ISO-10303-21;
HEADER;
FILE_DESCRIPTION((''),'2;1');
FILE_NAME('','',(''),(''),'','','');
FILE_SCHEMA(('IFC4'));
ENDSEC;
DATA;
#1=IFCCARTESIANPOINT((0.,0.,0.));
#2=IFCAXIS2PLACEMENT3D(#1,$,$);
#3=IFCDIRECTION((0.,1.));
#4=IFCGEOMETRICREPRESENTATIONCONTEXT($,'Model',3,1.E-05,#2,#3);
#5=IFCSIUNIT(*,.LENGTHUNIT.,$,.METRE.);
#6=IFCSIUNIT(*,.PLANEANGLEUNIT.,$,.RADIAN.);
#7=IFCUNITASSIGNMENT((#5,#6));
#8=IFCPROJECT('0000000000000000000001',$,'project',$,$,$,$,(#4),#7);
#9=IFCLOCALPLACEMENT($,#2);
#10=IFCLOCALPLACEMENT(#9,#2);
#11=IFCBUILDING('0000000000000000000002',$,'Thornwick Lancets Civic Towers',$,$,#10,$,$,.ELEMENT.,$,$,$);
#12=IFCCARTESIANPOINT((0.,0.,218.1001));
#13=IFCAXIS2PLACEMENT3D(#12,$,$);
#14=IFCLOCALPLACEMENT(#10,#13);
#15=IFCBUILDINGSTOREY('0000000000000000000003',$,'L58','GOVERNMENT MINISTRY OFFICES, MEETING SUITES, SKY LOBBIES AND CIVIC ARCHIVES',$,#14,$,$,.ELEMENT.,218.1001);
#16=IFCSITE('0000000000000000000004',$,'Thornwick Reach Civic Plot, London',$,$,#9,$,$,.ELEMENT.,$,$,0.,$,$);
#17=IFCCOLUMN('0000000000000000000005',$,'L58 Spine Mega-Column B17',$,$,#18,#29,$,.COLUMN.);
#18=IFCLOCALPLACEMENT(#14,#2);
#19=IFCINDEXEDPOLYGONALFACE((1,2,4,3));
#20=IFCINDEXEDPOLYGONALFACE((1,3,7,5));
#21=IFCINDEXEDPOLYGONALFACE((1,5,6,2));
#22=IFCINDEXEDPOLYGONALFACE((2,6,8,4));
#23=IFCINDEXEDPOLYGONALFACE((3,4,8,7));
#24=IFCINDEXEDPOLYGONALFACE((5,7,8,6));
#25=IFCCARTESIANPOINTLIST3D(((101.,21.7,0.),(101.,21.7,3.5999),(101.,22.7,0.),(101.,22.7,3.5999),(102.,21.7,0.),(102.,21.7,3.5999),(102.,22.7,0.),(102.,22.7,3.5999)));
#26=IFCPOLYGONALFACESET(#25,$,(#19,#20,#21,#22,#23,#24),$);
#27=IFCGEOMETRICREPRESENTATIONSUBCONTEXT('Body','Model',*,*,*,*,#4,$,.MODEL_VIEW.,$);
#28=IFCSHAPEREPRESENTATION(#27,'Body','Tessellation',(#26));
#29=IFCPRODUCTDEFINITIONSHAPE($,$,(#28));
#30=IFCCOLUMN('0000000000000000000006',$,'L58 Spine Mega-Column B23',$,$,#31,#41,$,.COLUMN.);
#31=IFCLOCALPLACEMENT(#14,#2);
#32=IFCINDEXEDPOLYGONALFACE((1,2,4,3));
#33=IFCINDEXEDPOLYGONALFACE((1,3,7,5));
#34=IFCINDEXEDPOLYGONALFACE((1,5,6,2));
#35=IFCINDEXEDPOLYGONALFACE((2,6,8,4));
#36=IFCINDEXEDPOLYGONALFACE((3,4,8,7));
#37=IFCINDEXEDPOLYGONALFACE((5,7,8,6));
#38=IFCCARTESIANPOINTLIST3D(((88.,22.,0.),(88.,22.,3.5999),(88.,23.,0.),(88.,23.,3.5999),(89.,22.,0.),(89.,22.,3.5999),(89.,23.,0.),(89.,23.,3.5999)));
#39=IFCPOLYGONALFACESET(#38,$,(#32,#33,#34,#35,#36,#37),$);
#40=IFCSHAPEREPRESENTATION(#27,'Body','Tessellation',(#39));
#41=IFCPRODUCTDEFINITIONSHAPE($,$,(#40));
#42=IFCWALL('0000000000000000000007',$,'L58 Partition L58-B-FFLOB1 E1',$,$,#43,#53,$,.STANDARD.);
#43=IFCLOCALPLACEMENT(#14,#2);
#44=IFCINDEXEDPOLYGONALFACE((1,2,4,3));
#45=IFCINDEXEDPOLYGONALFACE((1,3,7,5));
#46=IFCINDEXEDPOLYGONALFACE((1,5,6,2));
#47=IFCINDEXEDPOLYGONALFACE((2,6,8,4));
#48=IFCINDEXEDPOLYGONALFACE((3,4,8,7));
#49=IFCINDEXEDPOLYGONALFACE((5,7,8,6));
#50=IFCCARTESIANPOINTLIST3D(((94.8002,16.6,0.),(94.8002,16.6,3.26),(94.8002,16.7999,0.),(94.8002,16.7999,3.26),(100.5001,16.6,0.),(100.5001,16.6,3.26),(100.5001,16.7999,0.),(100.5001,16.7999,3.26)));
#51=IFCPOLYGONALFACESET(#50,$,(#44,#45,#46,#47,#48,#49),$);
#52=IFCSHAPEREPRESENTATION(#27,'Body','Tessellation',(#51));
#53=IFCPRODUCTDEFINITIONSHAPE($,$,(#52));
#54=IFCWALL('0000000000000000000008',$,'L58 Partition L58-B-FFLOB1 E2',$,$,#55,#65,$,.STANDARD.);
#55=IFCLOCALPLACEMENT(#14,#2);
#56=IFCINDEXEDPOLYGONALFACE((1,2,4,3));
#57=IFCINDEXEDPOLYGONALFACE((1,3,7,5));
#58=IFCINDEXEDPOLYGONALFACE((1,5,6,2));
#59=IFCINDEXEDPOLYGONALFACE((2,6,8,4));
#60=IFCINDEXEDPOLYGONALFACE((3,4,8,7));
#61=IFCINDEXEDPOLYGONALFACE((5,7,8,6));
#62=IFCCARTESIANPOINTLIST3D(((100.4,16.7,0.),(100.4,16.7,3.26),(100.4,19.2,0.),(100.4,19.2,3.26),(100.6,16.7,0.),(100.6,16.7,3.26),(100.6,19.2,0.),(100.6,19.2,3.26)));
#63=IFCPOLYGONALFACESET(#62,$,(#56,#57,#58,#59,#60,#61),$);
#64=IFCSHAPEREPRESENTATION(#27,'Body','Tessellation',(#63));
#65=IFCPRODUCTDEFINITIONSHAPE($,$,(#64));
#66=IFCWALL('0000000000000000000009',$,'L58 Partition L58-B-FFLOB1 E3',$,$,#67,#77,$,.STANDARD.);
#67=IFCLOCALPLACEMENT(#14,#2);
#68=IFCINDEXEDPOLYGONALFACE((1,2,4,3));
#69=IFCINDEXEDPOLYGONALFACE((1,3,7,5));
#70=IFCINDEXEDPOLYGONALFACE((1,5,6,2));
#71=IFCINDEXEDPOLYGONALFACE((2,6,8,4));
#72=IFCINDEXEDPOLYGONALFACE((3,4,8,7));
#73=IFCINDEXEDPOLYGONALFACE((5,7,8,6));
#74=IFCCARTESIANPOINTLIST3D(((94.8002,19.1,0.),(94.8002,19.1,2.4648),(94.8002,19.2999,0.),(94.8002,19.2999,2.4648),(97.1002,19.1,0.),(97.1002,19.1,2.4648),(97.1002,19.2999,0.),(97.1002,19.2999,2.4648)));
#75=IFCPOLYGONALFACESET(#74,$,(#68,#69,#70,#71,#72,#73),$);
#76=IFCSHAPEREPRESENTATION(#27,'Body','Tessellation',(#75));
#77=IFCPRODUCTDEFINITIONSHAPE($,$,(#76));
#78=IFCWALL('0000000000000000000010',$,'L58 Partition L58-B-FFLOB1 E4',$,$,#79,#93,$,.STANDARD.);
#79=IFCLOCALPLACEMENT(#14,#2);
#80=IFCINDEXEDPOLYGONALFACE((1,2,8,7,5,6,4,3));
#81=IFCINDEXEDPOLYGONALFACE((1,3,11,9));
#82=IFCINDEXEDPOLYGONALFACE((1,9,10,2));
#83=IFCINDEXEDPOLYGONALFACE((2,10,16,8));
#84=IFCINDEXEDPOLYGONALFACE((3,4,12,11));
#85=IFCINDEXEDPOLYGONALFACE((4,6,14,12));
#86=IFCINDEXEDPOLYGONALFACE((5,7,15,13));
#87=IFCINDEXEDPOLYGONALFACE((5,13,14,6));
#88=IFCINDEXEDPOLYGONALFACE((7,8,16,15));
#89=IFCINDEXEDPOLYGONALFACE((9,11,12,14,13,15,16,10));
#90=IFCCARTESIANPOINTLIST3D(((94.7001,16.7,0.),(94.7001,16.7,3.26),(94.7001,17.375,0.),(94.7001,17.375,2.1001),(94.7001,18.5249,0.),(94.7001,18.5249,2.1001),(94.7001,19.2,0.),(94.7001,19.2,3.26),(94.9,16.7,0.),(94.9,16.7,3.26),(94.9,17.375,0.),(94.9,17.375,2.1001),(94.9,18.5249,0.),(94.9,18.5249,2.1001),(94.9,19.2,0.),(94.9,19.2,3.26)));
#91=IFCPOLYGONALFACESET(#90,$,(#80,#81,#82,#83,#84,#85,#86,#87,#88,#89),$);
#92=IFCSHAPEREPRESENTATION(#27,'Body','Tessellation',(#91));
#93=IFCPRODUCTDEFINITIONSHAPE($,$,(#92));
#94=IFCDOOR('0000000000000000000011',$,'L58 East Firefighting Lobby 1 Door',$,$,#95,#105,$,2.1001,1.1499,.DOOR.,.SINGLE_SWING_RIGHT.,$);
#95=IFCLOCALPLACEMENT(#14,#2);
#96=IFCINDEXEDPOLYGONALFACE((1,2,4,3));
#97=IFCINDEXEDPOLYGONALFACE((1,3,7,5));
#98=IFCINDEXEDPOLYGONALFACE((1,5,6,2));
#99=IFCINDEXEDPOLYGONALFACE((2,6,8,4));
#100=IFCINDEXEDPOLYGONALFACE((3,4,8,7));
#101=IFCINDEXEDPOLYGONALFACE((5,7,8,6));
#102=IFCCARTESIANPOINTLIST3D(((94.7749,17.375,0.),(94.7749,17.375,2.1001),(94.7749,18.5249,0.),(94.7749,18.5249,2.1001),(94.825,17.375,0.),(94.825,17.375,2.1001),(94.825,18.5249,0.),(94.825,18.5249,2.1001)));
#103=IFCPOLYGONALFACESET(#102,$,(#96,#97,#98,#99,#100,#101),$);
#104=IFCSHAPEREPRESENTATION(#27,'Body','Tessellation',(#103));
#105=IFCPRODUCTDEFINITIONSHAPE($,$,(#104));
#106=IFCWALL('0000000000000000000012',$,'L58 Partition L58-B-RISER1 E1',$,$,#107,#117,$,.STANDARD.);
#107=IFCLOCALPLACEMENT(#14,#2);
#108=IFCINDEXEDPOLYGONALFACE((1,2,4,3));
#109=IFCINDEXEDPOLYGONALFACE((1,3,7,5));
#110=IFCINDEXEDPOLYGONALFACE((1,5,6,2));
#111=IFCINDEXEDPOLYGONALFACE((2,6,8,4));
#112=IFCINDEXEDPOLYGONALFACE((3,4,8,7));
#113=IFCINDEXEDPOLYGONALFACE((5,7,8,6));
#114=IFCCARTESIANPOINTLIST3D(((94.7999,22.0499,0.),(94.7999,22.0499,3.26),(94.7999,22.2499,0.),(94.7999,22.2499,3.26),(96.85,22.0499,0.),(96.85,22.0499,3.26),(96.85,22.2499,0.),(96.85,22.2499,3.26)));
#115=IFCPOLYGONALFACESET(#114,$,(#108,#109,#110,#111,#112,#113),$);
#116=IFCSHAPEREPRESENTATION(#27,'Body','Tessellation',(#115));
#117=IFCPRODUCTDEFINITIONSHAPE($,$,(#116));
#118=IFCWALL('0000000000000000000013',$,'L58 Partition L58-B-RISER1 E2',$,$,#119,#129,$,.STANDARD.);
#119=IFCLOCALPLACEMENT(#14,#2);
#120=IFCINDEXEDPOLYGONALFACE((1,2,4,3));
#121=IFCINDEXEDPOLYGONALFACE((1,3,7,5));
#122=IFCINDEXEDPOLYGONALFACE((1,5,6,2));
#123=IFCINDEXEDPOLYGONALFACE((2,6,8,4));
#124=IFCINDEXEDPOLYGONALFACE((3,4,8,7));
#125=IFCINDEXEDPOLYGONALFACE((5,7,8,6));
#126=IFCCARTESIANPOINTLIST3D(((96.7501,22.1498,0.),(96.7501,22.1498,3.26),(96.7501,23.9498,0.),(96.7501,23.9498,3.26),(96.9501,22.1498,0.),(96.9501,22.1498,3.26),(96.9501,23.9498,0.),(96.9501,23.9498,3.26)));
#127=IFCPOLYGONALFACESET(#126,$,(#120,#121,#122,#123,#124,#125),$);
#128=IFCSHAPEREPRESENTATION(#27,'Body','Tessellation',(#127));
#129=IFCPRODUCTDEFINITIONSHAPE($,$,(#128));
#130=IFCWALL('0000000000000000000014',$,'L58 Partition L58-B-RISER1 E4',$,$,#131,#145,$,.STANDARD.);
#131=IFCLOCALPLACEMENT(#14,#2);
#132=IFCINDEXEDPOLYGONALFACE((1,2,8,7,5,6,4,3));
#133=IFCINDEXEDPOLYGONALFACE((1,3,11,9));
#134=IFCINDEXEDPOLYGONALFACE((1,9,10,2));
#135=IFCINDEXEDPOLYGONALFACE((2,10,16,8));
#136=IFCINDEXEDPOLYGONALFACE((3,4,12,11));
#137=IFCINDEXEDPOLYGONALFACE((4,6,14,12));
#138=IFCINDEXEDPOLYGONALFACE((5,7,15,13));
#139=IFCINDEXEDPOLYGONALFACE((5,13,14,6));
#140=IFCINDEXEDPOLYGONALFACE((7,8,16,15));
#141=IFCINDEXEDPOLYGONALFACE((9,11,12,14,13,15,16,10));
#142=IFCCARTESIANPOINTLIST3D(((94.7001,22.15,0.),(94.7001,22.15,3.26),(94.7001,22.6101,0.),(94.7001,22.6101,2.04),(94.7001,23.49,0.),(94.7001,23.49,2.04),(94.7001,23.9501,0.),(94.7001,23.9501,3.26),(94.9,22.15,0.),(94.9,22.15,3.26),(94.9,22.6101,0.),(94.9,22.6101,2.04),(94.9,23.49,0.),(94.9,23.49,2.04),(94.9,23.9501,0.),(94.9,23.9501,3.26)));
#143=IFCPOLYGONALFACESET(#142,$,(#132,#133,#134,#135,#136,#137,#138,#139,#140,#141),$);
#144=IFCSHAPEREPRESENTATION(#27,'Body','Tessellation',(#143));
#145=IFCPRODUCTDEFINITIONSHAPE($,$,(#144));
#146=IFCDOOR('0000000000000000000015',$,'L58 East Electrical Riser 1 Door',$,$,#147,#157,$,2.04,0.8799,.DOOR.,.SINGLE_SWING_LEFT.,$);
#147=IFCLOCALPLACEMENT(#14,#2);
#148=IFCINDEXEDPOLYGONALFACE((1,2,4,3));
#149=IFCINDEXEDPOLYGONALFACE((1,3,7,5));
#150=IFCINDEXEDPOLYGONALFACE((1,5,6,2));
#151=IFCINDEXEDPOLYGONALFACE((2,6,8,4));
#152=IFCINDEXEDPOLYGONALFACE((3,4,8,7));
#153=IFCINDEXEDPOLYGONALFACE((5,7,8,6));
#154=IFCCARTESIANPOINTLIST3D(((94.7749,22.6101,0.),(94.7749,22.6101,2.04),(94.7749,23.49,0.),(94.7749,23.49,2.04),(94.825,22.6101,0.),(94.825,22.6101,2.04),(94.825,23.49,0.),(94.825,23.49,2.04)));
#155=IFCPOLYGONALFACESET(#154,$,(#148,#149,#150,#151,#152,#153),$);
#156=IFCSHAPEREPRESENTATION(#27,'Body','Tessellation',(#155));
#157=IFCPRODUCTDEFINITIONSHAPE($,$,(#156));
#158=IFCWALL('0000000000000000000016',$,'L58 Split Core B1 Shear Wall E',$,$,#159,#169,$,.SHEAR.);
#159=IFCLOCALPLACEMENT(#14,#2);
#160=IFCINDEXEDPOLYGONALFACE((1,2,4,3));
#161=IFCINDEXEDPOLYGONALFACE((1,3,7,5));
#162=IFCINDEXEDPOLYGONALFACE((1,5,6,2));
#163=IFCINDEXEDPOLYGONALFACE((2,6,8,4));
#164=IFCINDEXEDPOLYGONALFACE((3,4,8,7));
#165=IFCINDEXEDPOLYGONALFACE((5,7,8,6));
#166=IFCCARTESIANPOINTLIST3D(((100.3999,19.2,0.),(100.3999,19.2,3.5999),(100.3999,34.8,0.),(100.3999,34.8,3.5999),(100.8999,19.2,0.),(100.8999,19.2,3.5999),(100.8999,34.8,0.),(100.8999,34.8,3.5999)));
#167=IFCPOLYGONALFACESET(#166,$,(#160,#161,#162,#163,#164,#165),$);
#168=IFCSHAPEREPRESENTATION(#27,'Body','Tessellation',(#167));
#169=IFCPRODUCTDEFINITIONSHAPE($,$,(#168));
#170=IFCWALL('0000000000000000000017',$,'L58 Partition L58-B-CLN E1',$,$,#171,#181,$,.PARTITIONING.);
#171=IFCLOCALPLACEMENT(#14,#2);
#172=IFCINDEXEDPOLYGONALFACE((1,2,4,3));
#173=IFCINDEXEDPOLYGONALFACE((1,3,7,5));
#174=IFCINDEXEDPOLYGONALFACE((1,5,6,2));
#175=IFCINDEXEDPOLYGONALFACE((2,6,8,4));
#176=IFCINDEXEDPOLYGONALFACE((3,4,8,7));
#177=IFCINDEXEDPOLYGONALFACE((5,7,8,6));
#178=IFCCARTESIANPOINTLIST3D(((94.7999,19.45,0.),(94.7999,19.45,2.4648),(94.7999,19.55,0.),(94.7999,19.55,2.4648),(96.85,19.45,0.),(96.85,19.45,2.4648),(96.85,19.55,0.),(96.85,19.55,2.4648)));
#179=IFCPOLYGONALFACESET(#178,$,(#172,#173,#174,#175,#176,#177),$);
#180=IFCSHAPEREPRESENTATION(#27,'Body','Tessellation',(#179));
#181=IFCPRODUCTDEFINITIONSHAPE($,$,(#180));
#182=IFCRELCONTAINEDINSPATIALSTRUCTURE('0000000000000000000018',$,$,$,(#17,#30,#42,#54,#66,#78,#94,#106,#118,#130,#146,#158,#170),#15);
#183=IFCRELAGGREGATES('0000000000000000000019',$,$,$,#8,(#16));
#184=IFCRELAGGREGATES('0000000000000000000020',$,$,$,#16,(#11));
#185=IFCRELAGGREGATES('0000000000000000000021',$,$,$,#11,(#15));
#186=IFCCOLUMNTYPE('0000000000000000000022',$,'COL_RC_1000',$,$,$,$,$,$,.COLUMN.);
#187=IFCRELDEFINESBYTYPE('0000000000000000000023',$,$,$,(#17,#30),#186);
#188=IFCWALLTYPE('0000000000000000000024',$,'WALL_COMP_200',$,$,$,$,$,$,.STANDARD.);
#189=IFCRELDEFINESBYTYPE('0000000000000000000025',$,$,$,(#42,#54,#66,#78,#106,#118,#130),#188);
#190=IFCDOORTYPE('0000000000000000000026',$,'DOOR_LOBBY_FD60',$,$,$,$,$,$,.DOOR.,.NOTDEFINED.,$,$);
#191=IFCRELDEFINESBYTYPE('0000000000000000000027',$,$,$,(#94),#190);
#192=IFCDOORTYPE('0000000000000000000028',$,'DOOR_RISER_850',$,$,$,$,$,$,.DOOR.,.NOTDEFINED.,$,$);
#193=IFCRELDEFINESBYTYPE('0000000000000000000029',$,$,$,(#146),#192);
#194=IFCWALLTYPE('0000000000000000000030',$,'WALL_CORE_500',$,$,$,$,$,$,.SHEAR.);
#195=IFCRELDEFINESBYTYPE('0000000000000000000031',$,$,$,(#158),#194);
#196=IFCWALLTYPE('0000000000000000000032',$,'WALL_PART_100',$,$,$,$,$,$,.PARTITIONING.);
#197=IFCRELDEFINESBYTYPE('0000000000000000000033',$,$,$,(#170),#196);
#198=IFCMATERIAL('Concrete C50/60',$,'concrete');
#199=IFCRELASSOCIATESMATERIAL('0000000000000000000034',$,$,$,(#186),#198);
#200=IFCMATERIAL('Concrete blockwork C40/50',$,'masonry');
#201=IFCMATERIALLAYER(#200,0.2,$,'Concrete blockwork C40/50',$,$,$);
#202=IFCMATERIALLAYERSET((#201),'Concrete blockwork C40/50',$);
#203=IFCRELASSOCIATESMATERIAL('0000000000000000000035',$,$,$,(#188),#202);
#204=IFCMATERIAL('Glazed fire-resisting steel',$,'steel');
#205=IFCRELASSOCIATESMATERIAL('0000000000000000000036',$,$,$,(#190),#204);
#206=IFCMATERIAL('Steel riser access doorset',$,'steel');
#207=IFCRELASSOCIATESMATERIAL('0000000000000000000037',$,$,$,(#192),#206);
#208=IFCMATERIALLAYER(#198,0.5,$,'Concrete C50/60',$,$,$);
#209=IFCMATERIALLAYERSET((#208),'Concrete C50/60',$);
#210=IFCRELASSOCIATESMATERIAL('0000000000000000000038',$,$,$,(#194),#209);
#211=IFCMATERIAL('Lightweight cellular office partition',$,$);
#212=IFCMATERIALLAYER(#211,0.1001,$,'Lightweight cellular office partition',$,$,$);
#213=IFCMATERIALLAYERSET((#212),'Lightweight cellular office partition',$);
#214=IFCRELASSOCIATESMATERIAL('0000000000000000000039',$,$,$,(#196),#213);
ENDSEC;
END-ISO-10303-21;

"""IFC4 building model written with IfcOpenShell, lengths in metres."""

from ifc_helpers import new_model, si_unit, direction, frame, frame_2d, origin, origin_2d, place, context, subcontext, project, spatial, rectangle, extrude, material, layer, layer_set, material_profile, profile_set, type_object, element, fill, save


model = new_model("IFC4")

# Units and contexts
model_context = context("Model", 3, precision=1e-05, world=origin(), true_north=direction((0.0, 1.0)))
body_context = subcontext(model_context, "Body", "Model", "MODEL_VIEW")
ifc_project = project(units=[si_unit("LENGTHUNIT", "METRE"), si_unit("PLANEANGLEUNIT", "RADIAN")], contexts=[model_context])

# Site, building, storey
site_placement = place(None, origin())
site = spatial("IfcSite", under=ifc_project, at=site_placement, Name="Thornwick Reach Civic Plot, London", CompositionType="ELEMENT", RefElevation=0.0)
building_placement = place(site_placement, origin())
building = spatial("IfcBuilding", under=site, at=building_placement, Name="Thornwick Lancets Civic Towers", CompositionType="ELEMENT")
storey_placement = place(building_placement, frame((0.0, 0.0, 218.1001)))
storey = spatial("IfcBuildingStorey", under=building, at=storey_placement, Name="L58", Description="GOVERNMENT MINISTRY OFFICES, MEETING SUITES, SKY LOBBIES AND CIVIC ARCHIVES", CompositionType="ELEMENT", Elevation=218.1001)

# Columns
ifc_material_1 = material(Name="Concrete C50/60", Category="concrete")
ifc_material_profile = material_profile(ifc_material_1, rectangle(XDim=1.0, YDim=1.0, at=origin_2d()), Name="RC 1000x1000")
ifc_profile_set = profile_set([ifc_material_profile], Name="Concrete C50/60")
column_type = type_object("IfcColumnType", Name="COL_RC_1000", PredefinedType="COLUMN", material=ifc_profile_set)
for number, where, z_axis, x_axis, name in (
    (1, (101.5, 22.2, 0.0), (0.0, 0.0, 1.0), (1.0, 0.0, 0.0), "L58 Spine Mega-Column B17"),
    (2, (88.5, 22.5, 0.0), (0.0, 0.0, 1.0), (1.0, 0.0, 0.0), "L58 Spine Mega-Column B23"),
):
    element("IfcColumn", number, at=place(storey_placement, frame(where, z_axis=z_axis, x_axis=x_axis)), inside=storey, type_object=column_type, Name=name, PredefinedType="COLUMN", context=body_context, shape_type="SweptSolid", body=[
        extrude(rectangle(XDim=1.0, YDim=1.0, at=origin_2d()), origin(), (0.0, 0.0, 1.0), 3.5999),
    ])

# Walls
ifc_material_2 = material(Name="Concrete blockwork C40/50", Category="masonry")
ifc_layer_1 = layer(ifc_material_2, 0.2, Name="Concrete blockwork C40/50")
ifc_layer_set_1 = layer_set([ifc_layer_1], Name="Concrete blockwork C40/50")
wall_type_1 = type_object("IfcWallType", Name="WALL_COMP_200", PredefinedType="STANDARD", material=ifc_layer_set_1)
wall_1_placement = place(storey_placement, frame((94.8, 16.7, 0.0), z_axis=(0.0, 0.0, 1.0), x_axis=(1.0, 0.0, 0.0)))
element("IfcWall", 3, at=wall_1_placement, inside=storey, type_object=wall_type_1, Name="L58 Partition L58-B-FFLOB1 E1", PredefinedType="STANDARD", context=body_context, shape_type="SweptSolid", body=[
    extrude(rectangle(XDim=5.7, YDim=0.2, at=frame_2d((2.8501, 0.0))), origin(), (0.0, 0.0, 1.0), 3.26),
])
wall_2_placement = place(storey_placement, frame((100.5, 16.7, 0.0), z_axis=(0.0, 0.0, 1.0), x_axis=(0.0, 1.0, 0.0)))
element("IfcWall", 4, at=wall_2_placement, inside=storey, type_object=wall_type_1, Name="L58 Partition L58-B-FFLOB1 E2", PredefinedType="STANDARD", context=body_context, shape_type="SweptSolid", body=[
    extrude(rectangle(XDim=2.5, YDim=0.2, at=frame_2d((1.25, 0.0))), origin(), (0.0, 0.0, 1.0), 3.26),
])
wall_3_placement = place(storey_placement, frame((97.1001, 19.2, 0.0), z_axis=(0.0, 0.0, 1.0), x_axis=(-1.0, 0.0, 0.0)))
element("IfcWall", 5, at=wall_3_placement, inside=storey, type_object=wall_type_1, Name="L58 Partition L58-B-FFLOB1 E3", PredefinedType="STANDARD", context=body_context, shape_type="SweptSolid", body=[
    extrude(rectangle(XDim=2.3, YDim=0.2, at=frame_2d((1.1499, 0.0))), origin(), (0.0, 0.0, 1.0), 2.4648),
])

# Wall, opening, door
wall_4_placement = place(storey_placement, frame((94.8, 19.2, 0.0), z_axis=(0.0, 0.0, 1.0), x_axis=(0.0, -1.0, 0.0)))
wall_4 = element("IfcWall", 6, at=wall_4_placement, inside=storey, type_object=wall_type_1, Name="L58 Partition L58-B-FFLOB1 E4", PredefinedType="STANDARD", context=body_context, shape_type="SweptSolid", body=[
    extrude(rectangle(XDim=2.5, YDim=0.2, at=frame_2d((1.25, 0.0))), origin(), (0.0, 0.0, 1.0), 3.26),
])
opening_1_placement = place(wall_4_placement, frame((0.675, 0.0, 0.0)))
opening_1 = element("IfcOpeningElement", 7, at=opening_1_placement, cuts=wall_4, PredefinedType="OPENING", context=body_context, shape_type="SweptSolid", body=[
    extrude(rectangle(XDim=1.1499, YDim=2.1001, at=frame_2d((0.575, 1.05))), frame((0.0, 0.1099, 0.0), z_axis=(0.0, -1.0, 0.0), x_axis=(1.0, 0.0, 0.0)), (0.0, 0.0, 1.0), 0.22),
])
ifc_material_3 = material(Name="Glazed fire-resisting steel", Category="steel")
door_type_1 = type_object("IfcDoorType", Name="DOOR_LOBBY_FD60", OperationType="NOTDEFINED", PredefinedType="DOOR", material=ifc_material_3)
door_1_placement = place(opening_1_placement, origin())
door_1 = element("IfcDoor", 8, at=door_1_placement, inside=storey, type_object=door_type_1, Name="L58 East Firefighting Lobby 1 Door", OperationType="SINGLE_SWING_RIGHT", OverallHeight=2.1001, OverallWidth=1.1499, PredefinedType="DOOR", context=body_context, shape_type="SweptSolid", body=[
    extrude(rectangle(XDim=1.1499, YDim=2.1001, at=frame_2d((0.575, 1.05))), frame((0.0, 0.0249, 0.0), z_axis=(0.0, -1.0, 0.0), x_axis=(1.0, 0.0, 0.0)), (0.0, 0.0, 1.0), 0.05),
])
fill(opening_1, door_1)

# Walls
wall_5_placement = place(storey_placement, frame((94.8, 22.1499, 0.0), z_axis=(0.0, 0.0, 1.0), x_axis=(1.0, 0.0, 0.0)))
element("IfcWall", 9, at=wall_5_placement, inside=storey, type_object=wall_type_1, Name="L58 Partition L58-B-RISER1 E1", PredefinedType="STANDARD", context=body_context, shape_type="SweptSolid", body=[
    extrude(rectangle(XDim=2.05, YDim=0.2, at=frame_2d((1.0249, 0.0))), origin(), (0.0, 0.0, 1.0), 3.26),
])
wall_6_placement = place(storey_placement, frame((96.8501, 22.1499, 0.0), z_axis=(0.0, 0.0, 1.0), x_axis=(0.0, 1.0, 0.0)))
element("IfcWall", 10, at=wall_6_placement, inside=storey, type_object=wall_type_1, Name="L58 Partition L58-B-RISER1 E2", PredefinedType="STANDARD", context=body_context, shape_type="SweptSolid", body=[
    extrude(rectangle(XDim=1.8, YDim=0.2, at=frame_2d((0.8999, 0.0))), origin(), (0.0, 0.0, 1.0), 3.26),
])

# Wall, opening, door
wall_7_placement = place(storey_placement, frame((94.8, 23.95, 0.0), z_axis=(0.0, 0.0, 1.0), x_axis=(0.0, -1.0, 0.0)))
wall_7 = element("IfcWall", 11, at=wall_7_placement, inside=storey, type_object=wall_type_1, Name="L58 Partition L58-B-RISER1 E4", PredefinedType="STANDARD", context=body_context, shape_type="SweptSolid", body=[
    extrude(rectangle(XDim=1.8, YDim=0.2, at=frame_2d((0.8999, 0.0))), origin(), (0.0, 0.0, 1.0), 3.26),
])
opening_2_placement = place(wall_7_placement, frame((0.46, 0.0, 0.0)))
opening_2 = element("IfcOpeningElement", 12, at=opening_2_placement, cuts=wall_7, PredefinedType="OPENING", context=body_context, shape_type="SweptSolid", body=[
    extrude(rectangle(XDim=0.8799, YDim=2.04, at=frame_2d((0.4399, 1.02))), frame((0.0, 0.1099, 0.0), z_axis=(0.0, -1.0, 0.0), x_axis=(1.0, 0.0, 0.0)), (0.0, 0.0, 1.0), 0.22),
])
ifc_material_4 = material(Name="Steel riser access doorset", Category="steel")
door_type_2 = type_object("IfcDoorType", Name="DOOR_RISER_850", OperationType="NOTDEFINED", PredefinedType="DOOR", material=ifc_material_4)
door_2_placement = place(opening_2_placement, origin())
door_2 = element("IfcDoor", 13, at=door_2_placement, inside=storey, type_object=door_type_2, Name="L58 East Electrical Riser 1 Door", OperationType="SINGLE_SWING_LEFT", OverallHeight=2.04, OverallWidth=0.8799, PredefinedType="DOOR", context=body_context, shape_type="SweptSolid", body=[
    extrude(rectangle(XDim=0.8799, YDim=2.04, at=frame_2d((0.4399, 1.02))), frame((0.0, 0.0249, 0.0), z_axis=(0.0, -1.0, 0.0), x_axis=(1.0, 0.0, 0.0)), (0.0, 0.0, 1.0), 0.05),
])
fill(opening_2, door_2)

# Walls
ifc_layer_2 = layer(ifc_material_1, 0.5, Name="Concrete C50/60")
ifc_layer_set_2 = layer_set([ifc_layer_2], Name="Concrete C50/60")
wall_type_2 = type_object("IfcWallType", Name="WALL_CORE_500", PredefinedType="SHEAR", material=ifc_layer_set_2)
wall_8_placement = place(storey_placement, frame((100.6499, 19.2, 0.0), z_axis=(0.0, 0.0, 1.0), x_axis=(0.0, 1.0, 0.0)))
element("IfcWall", 14, at=wall_8_placement, inside=storey, type_object=wall_type_2, Name="L58 Split Core B1 Shear Wall E", PredefinedType="SHEAR", context=body_context, shape_type="SweptSolid", body=[
    extrude(rectangle(XDim=15.6001, YDim=0.5, at=frame_2d((7.8, 0.0))), origin(), (0.0, 0.0, 1.0), 3.5999),
])
ifc_material_5 = material(Name="Lightweight cellular office partition")
ifc_layer_3 = layer(ifc_material_5, 0.1001, Name="Lightweight cellular office partition")
ifc_layer_set_3 = layer_set([ifc_layer_3], Name="Lightweight cellular office partition")
wall_type_3 = type_object("IfcWallType", Name="WALL_PART_100", PredefinedType="PARTITIONING", material=ifc_layer_set_3)
wall_9_placement = place(storey_placement, frame((94.8, 19.5, 0.0), z_axis=(0.0, 0.0, 1.0), x_axis=(1.0, 0.0, 0.0)))
element("IfcWall", 15, at=wall_9_placement, inside=storey, type_object=wall_type_3, Name="L58 Partition L58-B-CLN E1", PredefinedType="PARTITIONING", context=body_context, shape_type="SweptSolid", body=[
    extrude(rectangle(XDim=2.05, YDim=0.1001, at=frame_2d((1.0249, 0.0))), origin(), (0.0, 0.0, 1.0), 2.4648),
])

save(model, "model.ifc")
